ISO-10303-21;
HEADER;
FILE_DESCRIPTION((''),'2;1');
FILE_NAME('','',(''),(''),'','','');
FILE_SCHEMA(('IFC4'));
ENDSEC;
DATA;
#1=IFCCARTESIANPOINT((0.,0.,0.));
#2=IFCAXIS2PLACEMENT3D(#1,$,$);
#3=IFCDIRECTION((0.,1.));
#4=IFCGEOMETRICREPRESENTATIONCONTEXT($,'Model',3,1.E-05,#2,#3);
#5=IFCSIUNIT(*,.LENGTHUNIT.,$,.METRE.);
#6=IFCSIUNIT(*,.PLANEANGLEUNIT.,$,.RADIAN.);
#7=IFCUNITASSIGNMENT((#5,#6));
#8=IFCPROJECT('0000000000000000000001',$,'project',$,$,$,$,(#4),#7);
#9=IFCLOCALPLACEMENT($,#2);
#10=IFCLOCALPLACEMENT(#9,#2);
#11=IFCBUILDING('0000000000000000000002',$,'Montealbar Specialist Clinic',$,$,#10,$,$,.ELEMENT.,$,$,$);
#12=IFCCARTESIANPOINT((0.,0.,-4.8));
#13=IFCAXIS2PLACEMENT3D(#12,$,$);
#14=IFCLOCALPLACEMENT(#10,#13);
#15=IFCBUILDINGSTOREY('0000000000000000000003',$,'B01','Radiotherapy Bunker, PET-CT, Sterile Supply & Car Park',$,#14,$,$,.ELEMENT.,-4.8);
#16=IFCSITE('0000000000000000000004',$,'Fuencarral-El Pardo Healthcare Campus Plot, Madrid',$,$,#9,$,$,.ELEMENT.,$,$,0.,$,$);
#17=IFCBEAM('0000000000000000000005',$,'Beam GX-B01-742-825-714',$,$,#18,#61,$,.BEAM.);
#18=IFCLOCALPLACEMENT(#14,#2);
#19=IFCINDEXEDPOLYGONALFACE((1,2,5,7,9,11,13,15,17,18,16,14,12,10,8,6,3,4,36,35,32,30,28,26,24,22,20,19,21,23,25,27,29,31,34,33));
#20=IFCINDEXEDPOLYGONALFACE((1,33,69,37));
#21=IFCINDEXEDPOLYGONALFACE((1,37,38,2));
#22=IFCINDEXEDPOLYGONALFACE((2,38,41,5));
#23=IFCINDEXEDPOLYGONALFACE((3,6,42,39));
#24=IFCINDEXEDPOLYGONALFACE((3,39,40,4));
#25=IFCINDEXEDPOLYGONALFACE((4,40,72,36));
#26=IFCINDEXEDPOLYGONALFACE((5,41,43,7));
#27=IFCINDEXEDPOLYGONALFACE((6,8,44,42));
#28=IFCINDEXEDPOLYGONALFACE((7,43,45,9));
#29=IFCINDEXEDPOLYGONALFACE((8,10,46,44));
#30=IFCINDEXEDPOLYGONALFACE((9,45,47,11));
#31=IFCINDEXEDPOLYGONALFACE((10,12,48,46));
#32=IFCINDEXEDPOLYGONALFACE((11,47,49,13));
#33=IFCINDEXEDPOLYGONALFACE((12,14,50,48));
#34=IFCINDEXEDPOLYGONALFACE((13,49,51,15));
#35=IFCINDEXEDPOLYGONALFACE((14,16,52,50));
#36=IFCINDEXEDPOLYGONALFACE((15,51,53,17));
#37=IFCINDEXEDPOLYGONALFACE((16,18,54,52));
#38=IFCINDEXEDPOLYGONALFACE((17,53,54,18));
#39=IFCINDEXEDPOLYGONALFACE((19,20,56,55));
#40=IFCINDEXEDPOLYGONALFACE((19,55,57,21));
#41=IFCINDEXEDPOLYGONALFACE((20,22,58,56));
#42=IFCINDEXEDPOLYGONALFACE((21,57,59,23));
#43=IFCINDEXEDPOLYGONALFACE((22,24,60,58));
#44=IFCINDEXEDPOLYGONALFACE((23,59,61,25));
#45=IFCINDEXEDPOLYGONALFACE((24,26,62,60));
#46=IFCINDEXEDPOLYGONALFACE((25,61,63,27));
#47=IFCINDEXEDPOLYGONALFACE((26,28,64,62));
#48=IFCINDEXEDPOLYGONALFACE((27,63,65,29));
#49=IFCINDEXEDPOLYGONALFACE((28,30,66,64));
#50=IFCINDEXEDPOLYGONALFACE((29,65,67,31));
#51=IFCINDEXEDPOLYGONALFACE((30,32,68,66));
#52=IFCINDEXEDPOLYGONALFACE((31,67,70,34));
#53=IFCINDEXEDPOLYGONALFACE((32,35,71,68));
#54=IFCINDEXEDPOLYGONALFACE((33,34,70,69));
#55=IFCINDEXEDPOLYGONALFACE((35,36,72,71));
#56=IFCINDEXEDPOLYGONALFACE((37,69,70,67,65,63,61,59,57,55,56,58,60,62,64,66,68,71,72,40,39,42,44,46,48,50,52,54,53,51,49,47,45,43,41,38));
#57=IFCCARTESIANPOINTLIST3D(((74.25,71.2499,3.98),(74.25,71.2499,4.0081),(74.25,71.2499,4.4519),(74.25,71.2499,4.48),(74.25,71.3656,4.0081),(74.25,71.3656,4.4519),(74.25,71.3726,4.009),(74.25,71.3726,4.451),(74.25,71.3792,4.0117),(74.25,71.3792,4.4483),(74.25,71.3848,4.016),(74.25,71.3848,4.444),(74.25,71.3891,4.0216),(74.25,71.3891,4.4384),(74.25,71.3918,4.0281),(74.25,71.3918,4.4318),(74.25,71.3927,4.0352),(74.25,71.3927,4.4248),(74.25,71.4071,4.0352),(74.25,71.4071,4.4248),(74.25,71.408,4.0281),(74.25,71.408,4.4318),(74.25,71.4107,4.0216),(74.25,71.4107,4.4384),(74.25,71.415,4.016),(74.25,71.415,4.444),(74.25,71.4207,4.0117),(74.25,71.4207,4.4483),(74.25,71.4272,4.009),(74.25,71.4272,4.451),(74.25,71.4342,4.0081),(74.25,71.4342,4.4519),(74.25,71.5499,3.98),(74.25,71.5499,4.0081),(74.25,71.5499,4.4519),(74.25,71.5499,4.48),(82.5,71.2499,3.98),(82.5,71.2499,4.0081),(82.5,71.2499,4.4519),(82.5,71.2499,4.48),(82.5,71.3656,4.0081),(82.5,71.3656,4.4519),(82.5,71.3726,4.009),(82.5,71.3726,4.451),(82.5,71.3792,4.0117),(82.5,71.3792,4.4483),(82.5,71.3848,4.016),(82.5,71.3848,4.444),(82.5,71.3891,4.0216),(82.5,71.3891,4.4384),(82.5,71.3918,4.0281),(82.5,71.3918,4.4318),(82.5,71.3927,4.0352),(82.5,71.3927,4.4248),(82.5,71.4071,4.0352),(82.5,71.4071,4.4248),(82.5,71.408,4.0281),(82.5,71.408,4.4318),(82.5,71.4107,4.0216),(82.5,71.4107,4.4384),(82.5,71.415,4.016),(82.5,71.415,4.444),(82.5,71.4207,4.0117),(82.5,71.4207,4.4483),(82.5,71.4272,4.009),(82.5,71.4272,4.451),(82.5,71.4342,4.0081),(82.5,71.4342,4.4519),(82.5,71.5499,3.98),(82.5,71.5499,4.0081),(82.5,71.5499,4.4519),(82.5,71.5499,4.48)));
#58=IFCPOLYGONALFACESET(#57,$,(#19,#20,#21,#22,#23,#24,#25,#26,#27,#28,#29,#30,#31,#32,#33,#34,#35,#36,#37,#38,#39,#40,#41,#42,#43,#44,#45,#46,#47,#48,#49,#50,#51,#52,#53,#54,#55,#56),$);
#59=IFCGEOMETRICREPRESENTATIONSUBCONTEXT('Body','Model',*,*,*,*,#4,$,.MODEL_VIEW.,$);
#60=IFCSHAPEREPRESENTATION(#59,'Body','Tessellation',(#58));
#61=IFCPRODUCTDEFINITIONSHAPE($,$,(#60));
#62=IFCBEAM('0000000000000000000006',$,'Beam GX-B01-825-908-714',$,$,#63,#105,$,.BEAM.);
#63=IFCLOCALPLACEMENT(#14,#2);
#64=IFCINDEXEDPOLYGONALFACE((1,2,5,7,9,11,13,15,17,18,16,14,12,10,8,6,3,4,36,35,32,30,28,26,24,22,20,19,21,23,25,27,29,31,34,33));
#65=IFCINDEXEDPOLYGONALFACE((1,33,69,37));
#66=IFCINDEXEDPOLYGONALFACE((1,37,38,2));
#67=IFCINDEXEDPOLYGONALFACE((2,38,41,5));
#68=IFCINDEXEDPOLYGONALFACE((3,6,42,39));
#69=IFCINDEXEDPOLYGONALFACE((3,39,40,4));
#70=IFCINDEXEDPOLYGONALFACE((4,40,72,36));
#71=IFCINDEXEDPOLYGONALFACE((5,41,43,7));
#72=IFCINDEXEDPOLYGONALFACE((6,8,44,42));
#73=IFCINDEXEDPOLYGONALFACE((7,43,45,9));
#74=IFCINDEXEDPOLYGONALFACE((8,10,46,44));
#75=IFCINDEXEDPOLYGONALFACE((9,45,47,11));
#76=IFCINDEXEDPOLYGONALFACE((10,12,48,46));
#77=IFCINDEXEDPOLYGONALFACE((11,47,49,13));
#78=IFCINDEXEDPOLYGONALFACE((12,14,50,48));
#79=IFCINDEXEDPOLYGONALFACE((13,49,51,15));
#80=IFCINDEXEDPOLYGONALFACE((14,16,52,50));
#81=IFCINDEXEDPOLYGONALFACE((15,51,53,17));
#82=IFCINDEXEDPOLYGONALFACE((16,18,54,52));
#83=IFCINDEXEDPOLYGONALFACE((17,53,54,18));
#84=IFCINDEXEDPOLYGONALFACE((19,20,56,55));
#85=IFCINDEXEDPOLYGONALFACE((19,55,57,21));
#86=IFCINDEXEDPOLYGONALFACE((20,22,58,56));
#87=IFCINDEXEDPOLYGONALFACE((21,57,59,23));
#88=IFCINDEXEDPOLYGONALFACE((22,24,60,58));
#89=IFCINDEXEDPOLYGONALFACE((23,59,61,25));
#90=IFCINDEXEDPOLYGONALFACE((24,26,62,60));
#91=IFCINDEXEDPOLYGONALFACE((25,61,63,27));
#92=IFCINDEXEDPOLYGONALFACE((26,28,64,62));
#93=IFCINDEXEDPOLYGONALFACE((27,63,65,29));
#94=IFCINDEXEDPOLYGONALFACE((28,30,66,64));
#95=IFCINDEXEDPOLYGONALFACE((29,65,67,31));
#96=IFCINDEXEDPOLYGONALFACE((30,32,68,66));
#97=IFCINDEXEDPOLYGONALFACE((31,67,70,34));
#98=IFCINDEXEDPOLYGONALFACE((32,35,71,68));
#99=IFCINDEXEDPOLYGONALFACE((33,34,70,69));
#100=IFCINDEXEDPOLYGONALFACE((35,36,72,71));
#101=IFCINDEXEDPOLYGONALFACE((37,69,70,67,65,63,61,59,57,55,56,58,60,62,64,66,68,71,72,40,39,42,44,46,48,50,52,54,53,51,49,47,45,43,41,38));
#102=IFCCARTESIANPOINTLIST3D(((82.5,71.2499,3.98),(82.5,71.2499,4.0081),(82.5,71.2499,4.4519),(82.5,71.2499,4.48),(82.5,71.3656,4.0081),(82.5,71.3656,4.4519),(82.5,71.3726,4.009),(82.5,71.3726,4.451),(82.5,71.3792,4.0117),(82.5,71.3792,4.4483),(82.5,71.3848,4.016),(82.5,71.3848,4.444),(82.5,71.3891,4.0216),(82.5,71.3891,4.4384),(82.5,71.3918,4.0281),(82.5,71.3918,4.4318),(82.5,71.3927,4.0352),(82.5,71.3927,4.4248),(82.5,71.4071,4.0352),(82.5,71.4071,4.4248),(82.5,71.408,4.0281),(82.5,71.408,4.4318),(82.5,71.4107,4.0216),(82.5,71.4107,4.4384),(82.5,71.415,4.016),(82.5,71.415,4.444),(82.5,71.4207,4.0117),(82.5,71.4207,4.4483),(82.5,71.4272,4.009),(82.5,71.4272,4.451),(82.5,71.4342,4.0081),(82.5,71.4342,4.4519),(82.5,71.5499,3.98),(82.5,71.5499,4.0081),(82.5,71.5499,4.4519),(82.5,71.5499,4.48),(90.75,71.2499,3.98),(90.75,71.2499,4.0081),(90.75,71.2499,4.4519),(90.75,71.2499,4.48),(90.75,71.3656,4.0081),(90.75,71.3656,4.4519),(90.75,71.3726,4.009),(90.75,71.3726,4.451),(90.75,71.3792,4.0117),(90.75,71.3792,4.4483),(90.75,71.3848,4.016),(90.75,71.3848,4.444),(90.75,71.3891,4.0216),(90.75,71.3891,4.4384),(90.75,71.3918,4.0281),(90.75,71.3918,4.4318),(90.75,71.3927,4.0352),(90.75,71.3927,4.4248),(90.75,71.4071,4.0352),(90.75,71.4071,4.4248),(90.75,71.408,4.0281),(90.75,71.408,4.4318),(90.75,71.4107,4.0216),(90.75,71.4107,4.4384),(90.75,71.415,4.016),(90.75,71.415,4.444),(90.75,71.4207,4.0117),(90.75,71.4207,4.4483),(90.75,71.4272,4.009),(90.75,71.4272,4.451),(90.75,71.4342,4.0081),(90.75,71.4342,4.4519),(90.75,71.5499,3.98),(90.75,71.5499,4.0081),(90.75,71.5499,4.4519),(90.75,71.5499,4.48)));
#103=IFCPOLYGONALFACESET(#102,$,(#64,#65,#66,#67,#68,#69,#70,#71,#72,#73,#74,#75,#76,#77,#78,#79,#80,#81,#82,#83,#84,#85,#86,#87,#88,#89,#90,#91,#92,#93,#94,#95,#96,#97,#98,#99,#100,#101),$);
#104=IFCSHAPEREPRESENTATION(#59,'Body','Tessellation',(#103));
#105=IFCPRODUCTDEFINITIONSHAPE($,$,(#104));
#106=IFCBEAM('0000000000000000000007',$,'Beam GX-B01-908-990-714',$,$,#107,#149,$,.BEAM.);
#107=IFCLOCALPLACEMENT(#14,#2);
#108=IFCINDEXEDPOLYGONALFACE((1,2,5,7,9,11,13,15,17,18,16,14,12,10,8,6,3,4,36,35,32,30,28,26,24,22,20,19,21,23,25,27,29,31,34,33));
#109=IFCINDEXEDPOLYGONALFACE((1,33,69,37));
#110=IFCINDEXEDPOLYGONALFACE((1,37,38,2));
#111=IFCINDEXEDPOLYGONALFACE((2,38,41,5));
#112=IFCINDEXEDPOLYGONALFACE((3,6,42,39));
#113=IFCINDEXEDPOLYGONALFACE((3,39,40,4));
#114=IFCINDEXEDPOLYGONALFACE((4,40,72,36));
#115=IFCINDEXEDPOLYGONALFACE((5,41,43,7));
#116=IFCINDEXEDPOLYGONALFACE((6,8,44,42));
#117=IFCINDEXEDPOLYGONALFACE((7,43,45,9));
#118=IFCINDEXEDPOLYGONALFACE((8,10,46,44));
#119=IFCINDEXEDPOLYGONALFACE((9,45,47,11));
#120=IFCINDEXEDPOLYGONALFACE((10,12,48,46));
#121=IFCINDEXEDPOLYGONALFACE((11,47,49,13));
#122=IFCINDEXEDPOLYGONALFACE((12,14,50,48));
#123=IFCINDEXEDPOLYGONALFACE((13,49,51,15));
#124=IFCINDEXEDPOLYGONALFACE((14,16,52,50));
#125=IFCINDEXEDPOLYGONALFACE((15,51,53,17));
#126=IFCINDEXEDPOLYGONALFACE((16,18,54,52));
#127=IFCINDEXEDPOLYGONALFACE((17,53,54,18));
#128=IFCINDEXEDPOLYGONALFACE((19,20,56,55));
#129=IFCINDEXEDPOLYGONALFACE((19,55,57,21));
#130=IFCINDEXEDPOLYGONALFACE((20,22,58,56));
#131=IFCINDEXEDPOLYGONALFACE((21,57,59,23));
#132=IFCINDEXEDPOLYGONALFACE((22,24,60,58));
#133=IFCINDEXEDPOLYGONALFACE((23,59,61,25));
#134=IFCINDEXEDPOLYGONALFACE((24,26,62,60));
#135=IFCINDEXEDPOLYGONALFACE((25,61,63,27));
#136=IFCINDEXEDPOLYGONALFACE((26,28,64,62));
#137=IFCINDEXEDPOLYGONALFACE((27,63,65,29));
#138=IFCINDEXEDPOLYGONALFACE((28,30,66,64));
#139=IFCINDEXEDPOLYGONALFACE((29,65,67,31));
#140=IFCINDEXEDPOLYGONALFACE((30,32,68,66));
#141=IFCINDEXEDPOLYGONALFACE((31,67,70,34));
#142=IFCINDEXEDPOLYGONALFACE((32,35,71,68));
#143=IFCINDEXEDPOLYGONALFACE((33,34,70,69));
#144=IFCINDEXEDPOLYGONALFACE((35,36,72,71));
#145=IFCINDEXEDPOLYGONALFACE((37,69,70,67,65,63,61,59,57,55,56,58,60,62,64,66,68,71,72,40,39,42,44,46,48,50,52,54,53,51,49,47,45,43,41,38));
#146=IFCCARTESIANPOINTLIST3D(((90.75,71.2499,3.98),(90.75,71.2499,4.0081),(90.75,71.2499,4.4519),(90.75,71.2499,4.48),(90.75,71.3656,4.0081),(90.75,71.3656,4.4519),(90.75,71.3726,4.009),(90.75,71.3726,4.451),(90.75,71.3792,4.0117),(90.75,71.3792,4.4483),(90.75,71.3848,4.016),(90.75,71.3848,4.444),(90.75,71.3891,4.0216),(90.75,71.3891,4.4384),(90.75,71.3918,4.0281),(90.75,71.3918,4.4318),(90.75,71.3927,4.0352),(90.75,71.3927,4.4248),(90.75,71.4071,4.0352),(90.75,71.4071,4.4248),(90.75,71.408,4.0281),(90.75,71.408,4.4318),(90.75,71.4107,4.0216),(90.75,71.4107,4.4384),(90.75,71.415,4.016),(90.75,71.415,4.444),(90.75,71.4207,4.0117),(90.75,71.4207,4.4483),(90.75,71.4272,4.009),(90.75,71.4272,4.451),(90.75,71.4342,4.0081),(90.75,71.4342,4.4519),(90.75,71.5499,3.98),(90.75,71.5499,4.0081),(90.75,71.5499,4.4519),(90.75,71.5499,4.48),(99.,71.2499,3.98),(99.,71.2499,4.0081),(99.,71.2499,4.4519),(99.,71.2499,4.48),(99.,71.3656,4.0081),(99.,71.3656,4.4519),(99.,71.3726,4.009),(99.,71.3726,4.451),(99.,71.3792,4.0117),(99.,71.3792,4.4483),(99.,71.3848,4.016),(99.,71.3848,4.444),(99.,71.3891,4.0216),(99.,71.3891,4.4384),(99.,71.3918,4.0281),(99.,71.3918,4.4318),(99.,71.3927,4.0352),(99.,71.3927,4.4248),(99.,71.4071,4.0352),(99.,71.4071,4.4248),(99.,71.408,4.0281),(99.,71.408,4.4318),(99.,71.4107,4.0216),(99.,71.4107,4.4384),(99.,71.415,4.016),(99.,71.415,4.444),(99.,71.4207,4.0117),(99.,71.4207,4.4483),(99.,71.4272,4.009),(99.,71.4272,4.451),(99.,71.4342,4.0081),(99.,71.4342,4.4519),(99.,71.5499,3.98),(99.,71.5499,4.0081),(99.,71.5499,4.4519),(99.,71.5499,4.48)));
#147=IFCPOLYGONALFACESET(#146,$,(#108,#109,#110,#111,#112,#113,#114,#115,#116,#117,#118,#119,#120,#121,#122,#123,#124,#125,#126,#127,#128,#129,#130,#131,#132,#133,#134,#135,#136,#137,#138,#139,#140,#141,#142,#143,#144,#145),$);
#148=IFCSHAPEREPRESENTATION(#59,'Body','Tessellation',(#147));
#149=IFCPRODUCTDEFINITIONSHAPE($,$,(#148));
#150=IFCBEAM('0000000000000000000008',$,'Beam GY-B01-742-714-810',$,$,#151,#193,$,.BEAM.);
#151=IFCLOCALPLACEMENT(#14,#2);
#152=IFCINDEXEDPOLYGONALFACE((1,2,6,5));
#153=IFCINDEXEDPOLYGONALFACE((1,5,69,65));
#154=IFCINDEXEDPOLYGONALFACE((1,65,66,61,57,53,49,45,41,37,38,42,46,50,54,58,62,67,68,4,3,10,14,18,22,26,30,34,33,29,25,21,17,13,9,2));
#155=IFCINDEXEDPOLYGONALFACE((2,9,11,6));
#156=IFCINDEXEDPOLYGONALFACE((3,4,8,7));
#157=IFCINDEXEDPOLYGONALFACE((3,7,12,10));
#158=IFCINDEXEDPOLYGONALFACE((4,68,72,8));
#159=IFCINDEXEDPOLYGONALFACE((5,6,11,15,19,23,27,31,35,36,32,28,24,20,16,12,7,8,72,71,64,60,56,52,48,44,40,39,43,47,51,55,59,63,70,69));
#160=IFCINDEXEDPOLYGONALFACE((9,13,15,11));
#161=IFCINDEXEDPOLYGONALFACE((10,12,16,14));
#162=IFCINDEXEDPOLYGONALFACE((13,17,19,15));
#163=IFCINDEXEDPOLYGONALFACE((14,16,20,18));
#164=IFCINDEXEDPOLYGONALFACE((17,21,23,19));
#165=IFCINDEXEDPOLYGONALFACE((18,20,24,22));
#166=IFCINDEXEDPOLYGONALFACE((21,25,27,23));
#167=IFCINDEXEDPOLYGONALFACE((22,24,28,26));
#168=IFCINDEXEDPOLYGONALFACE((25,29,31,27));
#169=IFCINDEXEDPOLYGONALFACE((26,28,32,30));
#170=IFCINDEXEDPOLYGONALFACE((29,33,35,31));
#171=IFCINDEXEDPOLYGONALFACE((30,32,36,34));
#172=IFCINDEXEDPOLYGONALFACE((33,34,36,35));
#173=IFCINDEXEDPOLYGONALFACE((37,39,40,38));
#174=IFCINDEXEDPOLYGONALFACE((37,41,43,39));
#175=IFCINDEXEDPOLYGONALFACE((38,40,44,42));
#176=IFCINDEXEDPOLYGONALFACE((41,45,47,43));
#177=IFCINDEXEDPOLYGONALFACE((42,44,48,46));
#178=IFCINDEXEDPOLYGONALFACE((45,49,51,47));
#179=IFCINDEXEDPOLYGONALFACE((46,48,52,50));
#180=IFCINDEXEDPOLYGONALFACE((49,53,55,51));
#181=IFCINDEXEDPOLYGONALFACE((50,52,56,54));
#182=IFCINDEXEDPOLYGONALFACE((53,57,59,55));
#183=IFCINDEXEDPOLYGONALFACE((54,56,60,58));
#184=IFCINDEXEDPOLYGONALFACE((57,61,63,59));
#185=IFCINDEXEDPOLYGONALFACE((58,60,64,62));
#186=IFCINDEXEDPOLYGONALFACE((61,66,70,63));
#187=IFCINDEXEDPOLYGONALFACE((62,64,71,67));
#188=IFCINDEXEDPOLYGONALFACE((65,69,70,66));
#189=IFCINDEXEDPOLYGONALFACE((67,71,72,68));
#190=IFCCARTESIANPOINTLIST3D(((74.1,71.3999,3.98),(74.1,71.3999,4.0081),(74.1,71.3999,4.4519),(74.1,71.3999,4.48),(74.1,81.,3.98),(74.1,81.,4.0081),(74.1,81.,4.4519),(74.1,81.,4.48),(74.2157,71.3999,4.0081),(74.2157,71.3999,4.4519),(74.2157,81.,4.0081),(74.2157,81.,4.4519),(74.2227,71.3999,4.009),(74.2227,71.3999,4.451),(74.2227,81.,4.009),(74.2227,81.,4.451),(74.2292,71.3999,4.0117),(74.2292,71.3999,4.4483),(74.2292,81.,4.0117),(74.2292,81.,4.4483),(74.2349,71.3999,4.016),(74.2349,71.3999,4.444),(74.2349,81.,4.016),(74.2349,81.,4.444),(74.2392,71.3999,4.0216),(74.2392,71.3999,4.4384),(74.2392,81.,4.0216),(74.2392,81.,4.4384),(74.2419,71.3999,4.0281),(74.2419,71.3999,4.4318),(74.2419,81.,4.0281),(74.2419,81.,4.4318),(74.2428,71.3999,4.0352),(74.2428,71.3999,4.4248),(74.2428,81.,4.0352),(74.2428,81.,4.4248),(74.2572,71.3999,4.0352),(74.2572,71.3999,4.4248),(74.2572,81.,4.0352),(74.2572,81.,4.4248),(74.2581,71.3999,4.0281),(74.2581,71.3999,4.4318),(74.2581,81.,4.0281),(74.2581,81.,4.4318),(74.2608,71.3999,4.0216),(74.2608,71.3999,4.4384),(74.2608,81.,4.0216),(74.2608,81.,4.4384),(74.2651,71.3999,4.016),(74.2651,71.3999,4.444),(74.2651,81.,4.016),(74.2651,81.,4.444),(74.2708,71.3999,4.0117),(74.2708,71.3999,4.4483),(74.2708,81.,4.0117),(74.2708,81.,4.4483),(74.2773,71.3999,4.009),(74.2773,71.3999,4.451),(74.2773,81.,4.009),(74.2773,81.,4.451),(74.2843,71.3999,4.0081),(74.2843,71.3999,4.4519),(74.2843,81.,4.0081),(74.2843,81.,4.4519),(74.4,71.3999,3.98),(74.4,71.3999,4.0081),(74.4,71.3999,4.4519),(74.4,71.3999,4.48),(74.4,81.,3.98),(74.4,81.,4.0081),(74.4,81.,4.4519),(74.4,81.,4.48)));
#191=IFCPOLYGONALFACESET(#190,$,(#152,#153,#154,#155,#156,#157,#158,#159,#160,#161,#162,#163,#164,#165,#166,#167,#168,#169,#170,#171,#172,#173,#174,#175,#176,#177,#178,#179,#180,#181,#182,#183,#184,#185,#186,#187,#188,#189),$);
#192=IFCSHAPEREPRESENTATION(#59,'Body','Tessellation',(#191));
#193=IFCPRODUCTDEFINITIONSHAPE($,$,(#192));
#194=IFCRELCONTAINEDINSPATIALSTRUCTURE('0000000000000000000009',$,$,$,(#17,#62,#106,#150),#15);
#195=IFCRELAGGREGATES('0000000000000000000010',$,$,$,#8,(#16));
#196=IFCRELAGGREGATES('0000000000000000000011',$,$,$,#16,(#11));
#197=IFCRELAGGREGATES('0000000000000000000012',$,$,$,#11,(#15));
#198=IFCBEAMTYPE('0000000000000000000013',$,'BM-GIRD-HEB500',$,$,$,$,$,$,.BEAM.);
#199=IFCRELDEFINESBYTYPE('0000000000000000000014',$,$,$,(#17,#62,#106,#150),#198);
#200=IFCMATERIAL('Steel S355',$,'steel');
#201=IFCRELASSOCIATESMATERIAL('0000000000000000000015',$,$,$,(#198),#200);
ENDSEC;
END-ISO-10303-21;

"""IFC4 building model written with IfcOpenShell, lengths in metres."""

from ifc_helpers import new_model, si_unit, direction, frame, origin, origin_2d, place, context, subcontext, project, spatial, i_section, extrude, material, material_profile, profile_set, type_object, element, save


model = new_model("IFC4")

# Units and contexts
model_context = context("Model", 3, precision=1e-05, world=origin(), true_north=direction((0.0, 1.0)))
body_context = subcontext(model_context, "Body", "Model", "MODEL_VIEW")
ifc_project = project(units=[si_unit("LENGTHUNIT", "METRE"), si_unit("PLANEANGLEUNIT", "RADIAN")], contexts=[model_context])

# Site, building, storey
site_placement = place(None, origin())
site = spatial("IfcSite", under=ifc_project, at=site_placement, Name="Fuencarral-El Pardo Healthcare Campus Plot, Madrid", CompositionType="ELEMENT", RefElevation=0.0)
building_placement = place(site_placement, origin())
building = spatial("IfcBuilding", under=site, at=building_placement, Name="Montealbar Specialist Clinic", CompositionType="ELEMENT")
storey_placement = place(building_placement, frame((0.0, 0.0, -4.8)))
storey = spatial("IfcBuildingStorey", under=building, at=storey_placement, Name="B01", Description="Radiotherapy Bunker, PET-CT, Sterile Supply & Car Park", CompositionType="ELEMENT", Elevation=-4.8)

# Shared definitions
ifc_material_1 = material(Name="Steel S355", Category="steel")

# Beams
ifc_material_profile_1 = material_profile(ifc_material_1, i_section(OverallWidth=0.3, OverallDepth=0.5, WebThickness=0.0144, FlangeThickness=0.0281, FilletRadius=0.0271, at=origin_2d()), Name="HEB 500", Category="steel")
ifc_profile_set_1 = profile_set([ifc_material_profile_1], Name="Steel S355")
beam_type_1 = type_object("IfcBeamType", Name="BM-GIRD-HEB500", PredefinedType="BEAM", material=ifc_profile_set_1)
for number, where, z_axis, x_axis, name in (
    (1, (74.25, 71.3999, 4.23), (1.0, 0.0, 0.0), (0.0, 1.0, 0.0), "Beam GX-B01-742-825-714"),
    (2, (82.5, 71.3999, 4.23), (1.0, 0.0, 0.0), (0.0, 1.0, 0.0), "Beam GX-B01-825-908-714"),
    (3, (90.75, 71.3999, 4.23), (1.0, 0.0, 0.0), (0.0, 1.0, 0.0), "Beam GX-B01-908-990-714"),
):
    element("IfcBeam", number, at=place(storey_placement, frame(where, z_axis=z_axis, x_axis=x_axis)), inside=storey, type_object=beam_type_1, Name=name, PredefinedType="BEAM", context=body_context, shape_type="SweptSolid", body=[
        extrude(i_section(OverallWidth=0.3, OverallDepth=0.5, WebThickness=0.0144, FlangeThickness=0.0281, FilletRadius=0.0271, at=origin_2d()), origin(), (0.0, 0.0, 1.0), 8.25),
    ])
for number, where, z_axis, x_axis, name in (
    (4, (74.25, 71.3999, 4.23), (0.0, 1.0, 0.0), (-1.0, 0.0, 0.0), "Beam GY-B01-742-714-810"),
):
    element("IfcBeam", number, at=place(storey_placement, frame(where, z_axis=z_axis, x_axis=x_axis)), inside=storey, type_object=beam_type_1, Name=name, PredefinedType="BEAM", context=body_context, shape_type="SweptSolid", body=[
        extrude(i_section(OverallWidth=0.3, OverallDepth=0.5, WebThickness=0.0144, FlangeThickness=0.0281, FilletRadius=0.0271, at=origin_2d()), origin(), (0.0, 0.0, 1.0), 9.6001),
    ])

save(model, "model.ifc")
